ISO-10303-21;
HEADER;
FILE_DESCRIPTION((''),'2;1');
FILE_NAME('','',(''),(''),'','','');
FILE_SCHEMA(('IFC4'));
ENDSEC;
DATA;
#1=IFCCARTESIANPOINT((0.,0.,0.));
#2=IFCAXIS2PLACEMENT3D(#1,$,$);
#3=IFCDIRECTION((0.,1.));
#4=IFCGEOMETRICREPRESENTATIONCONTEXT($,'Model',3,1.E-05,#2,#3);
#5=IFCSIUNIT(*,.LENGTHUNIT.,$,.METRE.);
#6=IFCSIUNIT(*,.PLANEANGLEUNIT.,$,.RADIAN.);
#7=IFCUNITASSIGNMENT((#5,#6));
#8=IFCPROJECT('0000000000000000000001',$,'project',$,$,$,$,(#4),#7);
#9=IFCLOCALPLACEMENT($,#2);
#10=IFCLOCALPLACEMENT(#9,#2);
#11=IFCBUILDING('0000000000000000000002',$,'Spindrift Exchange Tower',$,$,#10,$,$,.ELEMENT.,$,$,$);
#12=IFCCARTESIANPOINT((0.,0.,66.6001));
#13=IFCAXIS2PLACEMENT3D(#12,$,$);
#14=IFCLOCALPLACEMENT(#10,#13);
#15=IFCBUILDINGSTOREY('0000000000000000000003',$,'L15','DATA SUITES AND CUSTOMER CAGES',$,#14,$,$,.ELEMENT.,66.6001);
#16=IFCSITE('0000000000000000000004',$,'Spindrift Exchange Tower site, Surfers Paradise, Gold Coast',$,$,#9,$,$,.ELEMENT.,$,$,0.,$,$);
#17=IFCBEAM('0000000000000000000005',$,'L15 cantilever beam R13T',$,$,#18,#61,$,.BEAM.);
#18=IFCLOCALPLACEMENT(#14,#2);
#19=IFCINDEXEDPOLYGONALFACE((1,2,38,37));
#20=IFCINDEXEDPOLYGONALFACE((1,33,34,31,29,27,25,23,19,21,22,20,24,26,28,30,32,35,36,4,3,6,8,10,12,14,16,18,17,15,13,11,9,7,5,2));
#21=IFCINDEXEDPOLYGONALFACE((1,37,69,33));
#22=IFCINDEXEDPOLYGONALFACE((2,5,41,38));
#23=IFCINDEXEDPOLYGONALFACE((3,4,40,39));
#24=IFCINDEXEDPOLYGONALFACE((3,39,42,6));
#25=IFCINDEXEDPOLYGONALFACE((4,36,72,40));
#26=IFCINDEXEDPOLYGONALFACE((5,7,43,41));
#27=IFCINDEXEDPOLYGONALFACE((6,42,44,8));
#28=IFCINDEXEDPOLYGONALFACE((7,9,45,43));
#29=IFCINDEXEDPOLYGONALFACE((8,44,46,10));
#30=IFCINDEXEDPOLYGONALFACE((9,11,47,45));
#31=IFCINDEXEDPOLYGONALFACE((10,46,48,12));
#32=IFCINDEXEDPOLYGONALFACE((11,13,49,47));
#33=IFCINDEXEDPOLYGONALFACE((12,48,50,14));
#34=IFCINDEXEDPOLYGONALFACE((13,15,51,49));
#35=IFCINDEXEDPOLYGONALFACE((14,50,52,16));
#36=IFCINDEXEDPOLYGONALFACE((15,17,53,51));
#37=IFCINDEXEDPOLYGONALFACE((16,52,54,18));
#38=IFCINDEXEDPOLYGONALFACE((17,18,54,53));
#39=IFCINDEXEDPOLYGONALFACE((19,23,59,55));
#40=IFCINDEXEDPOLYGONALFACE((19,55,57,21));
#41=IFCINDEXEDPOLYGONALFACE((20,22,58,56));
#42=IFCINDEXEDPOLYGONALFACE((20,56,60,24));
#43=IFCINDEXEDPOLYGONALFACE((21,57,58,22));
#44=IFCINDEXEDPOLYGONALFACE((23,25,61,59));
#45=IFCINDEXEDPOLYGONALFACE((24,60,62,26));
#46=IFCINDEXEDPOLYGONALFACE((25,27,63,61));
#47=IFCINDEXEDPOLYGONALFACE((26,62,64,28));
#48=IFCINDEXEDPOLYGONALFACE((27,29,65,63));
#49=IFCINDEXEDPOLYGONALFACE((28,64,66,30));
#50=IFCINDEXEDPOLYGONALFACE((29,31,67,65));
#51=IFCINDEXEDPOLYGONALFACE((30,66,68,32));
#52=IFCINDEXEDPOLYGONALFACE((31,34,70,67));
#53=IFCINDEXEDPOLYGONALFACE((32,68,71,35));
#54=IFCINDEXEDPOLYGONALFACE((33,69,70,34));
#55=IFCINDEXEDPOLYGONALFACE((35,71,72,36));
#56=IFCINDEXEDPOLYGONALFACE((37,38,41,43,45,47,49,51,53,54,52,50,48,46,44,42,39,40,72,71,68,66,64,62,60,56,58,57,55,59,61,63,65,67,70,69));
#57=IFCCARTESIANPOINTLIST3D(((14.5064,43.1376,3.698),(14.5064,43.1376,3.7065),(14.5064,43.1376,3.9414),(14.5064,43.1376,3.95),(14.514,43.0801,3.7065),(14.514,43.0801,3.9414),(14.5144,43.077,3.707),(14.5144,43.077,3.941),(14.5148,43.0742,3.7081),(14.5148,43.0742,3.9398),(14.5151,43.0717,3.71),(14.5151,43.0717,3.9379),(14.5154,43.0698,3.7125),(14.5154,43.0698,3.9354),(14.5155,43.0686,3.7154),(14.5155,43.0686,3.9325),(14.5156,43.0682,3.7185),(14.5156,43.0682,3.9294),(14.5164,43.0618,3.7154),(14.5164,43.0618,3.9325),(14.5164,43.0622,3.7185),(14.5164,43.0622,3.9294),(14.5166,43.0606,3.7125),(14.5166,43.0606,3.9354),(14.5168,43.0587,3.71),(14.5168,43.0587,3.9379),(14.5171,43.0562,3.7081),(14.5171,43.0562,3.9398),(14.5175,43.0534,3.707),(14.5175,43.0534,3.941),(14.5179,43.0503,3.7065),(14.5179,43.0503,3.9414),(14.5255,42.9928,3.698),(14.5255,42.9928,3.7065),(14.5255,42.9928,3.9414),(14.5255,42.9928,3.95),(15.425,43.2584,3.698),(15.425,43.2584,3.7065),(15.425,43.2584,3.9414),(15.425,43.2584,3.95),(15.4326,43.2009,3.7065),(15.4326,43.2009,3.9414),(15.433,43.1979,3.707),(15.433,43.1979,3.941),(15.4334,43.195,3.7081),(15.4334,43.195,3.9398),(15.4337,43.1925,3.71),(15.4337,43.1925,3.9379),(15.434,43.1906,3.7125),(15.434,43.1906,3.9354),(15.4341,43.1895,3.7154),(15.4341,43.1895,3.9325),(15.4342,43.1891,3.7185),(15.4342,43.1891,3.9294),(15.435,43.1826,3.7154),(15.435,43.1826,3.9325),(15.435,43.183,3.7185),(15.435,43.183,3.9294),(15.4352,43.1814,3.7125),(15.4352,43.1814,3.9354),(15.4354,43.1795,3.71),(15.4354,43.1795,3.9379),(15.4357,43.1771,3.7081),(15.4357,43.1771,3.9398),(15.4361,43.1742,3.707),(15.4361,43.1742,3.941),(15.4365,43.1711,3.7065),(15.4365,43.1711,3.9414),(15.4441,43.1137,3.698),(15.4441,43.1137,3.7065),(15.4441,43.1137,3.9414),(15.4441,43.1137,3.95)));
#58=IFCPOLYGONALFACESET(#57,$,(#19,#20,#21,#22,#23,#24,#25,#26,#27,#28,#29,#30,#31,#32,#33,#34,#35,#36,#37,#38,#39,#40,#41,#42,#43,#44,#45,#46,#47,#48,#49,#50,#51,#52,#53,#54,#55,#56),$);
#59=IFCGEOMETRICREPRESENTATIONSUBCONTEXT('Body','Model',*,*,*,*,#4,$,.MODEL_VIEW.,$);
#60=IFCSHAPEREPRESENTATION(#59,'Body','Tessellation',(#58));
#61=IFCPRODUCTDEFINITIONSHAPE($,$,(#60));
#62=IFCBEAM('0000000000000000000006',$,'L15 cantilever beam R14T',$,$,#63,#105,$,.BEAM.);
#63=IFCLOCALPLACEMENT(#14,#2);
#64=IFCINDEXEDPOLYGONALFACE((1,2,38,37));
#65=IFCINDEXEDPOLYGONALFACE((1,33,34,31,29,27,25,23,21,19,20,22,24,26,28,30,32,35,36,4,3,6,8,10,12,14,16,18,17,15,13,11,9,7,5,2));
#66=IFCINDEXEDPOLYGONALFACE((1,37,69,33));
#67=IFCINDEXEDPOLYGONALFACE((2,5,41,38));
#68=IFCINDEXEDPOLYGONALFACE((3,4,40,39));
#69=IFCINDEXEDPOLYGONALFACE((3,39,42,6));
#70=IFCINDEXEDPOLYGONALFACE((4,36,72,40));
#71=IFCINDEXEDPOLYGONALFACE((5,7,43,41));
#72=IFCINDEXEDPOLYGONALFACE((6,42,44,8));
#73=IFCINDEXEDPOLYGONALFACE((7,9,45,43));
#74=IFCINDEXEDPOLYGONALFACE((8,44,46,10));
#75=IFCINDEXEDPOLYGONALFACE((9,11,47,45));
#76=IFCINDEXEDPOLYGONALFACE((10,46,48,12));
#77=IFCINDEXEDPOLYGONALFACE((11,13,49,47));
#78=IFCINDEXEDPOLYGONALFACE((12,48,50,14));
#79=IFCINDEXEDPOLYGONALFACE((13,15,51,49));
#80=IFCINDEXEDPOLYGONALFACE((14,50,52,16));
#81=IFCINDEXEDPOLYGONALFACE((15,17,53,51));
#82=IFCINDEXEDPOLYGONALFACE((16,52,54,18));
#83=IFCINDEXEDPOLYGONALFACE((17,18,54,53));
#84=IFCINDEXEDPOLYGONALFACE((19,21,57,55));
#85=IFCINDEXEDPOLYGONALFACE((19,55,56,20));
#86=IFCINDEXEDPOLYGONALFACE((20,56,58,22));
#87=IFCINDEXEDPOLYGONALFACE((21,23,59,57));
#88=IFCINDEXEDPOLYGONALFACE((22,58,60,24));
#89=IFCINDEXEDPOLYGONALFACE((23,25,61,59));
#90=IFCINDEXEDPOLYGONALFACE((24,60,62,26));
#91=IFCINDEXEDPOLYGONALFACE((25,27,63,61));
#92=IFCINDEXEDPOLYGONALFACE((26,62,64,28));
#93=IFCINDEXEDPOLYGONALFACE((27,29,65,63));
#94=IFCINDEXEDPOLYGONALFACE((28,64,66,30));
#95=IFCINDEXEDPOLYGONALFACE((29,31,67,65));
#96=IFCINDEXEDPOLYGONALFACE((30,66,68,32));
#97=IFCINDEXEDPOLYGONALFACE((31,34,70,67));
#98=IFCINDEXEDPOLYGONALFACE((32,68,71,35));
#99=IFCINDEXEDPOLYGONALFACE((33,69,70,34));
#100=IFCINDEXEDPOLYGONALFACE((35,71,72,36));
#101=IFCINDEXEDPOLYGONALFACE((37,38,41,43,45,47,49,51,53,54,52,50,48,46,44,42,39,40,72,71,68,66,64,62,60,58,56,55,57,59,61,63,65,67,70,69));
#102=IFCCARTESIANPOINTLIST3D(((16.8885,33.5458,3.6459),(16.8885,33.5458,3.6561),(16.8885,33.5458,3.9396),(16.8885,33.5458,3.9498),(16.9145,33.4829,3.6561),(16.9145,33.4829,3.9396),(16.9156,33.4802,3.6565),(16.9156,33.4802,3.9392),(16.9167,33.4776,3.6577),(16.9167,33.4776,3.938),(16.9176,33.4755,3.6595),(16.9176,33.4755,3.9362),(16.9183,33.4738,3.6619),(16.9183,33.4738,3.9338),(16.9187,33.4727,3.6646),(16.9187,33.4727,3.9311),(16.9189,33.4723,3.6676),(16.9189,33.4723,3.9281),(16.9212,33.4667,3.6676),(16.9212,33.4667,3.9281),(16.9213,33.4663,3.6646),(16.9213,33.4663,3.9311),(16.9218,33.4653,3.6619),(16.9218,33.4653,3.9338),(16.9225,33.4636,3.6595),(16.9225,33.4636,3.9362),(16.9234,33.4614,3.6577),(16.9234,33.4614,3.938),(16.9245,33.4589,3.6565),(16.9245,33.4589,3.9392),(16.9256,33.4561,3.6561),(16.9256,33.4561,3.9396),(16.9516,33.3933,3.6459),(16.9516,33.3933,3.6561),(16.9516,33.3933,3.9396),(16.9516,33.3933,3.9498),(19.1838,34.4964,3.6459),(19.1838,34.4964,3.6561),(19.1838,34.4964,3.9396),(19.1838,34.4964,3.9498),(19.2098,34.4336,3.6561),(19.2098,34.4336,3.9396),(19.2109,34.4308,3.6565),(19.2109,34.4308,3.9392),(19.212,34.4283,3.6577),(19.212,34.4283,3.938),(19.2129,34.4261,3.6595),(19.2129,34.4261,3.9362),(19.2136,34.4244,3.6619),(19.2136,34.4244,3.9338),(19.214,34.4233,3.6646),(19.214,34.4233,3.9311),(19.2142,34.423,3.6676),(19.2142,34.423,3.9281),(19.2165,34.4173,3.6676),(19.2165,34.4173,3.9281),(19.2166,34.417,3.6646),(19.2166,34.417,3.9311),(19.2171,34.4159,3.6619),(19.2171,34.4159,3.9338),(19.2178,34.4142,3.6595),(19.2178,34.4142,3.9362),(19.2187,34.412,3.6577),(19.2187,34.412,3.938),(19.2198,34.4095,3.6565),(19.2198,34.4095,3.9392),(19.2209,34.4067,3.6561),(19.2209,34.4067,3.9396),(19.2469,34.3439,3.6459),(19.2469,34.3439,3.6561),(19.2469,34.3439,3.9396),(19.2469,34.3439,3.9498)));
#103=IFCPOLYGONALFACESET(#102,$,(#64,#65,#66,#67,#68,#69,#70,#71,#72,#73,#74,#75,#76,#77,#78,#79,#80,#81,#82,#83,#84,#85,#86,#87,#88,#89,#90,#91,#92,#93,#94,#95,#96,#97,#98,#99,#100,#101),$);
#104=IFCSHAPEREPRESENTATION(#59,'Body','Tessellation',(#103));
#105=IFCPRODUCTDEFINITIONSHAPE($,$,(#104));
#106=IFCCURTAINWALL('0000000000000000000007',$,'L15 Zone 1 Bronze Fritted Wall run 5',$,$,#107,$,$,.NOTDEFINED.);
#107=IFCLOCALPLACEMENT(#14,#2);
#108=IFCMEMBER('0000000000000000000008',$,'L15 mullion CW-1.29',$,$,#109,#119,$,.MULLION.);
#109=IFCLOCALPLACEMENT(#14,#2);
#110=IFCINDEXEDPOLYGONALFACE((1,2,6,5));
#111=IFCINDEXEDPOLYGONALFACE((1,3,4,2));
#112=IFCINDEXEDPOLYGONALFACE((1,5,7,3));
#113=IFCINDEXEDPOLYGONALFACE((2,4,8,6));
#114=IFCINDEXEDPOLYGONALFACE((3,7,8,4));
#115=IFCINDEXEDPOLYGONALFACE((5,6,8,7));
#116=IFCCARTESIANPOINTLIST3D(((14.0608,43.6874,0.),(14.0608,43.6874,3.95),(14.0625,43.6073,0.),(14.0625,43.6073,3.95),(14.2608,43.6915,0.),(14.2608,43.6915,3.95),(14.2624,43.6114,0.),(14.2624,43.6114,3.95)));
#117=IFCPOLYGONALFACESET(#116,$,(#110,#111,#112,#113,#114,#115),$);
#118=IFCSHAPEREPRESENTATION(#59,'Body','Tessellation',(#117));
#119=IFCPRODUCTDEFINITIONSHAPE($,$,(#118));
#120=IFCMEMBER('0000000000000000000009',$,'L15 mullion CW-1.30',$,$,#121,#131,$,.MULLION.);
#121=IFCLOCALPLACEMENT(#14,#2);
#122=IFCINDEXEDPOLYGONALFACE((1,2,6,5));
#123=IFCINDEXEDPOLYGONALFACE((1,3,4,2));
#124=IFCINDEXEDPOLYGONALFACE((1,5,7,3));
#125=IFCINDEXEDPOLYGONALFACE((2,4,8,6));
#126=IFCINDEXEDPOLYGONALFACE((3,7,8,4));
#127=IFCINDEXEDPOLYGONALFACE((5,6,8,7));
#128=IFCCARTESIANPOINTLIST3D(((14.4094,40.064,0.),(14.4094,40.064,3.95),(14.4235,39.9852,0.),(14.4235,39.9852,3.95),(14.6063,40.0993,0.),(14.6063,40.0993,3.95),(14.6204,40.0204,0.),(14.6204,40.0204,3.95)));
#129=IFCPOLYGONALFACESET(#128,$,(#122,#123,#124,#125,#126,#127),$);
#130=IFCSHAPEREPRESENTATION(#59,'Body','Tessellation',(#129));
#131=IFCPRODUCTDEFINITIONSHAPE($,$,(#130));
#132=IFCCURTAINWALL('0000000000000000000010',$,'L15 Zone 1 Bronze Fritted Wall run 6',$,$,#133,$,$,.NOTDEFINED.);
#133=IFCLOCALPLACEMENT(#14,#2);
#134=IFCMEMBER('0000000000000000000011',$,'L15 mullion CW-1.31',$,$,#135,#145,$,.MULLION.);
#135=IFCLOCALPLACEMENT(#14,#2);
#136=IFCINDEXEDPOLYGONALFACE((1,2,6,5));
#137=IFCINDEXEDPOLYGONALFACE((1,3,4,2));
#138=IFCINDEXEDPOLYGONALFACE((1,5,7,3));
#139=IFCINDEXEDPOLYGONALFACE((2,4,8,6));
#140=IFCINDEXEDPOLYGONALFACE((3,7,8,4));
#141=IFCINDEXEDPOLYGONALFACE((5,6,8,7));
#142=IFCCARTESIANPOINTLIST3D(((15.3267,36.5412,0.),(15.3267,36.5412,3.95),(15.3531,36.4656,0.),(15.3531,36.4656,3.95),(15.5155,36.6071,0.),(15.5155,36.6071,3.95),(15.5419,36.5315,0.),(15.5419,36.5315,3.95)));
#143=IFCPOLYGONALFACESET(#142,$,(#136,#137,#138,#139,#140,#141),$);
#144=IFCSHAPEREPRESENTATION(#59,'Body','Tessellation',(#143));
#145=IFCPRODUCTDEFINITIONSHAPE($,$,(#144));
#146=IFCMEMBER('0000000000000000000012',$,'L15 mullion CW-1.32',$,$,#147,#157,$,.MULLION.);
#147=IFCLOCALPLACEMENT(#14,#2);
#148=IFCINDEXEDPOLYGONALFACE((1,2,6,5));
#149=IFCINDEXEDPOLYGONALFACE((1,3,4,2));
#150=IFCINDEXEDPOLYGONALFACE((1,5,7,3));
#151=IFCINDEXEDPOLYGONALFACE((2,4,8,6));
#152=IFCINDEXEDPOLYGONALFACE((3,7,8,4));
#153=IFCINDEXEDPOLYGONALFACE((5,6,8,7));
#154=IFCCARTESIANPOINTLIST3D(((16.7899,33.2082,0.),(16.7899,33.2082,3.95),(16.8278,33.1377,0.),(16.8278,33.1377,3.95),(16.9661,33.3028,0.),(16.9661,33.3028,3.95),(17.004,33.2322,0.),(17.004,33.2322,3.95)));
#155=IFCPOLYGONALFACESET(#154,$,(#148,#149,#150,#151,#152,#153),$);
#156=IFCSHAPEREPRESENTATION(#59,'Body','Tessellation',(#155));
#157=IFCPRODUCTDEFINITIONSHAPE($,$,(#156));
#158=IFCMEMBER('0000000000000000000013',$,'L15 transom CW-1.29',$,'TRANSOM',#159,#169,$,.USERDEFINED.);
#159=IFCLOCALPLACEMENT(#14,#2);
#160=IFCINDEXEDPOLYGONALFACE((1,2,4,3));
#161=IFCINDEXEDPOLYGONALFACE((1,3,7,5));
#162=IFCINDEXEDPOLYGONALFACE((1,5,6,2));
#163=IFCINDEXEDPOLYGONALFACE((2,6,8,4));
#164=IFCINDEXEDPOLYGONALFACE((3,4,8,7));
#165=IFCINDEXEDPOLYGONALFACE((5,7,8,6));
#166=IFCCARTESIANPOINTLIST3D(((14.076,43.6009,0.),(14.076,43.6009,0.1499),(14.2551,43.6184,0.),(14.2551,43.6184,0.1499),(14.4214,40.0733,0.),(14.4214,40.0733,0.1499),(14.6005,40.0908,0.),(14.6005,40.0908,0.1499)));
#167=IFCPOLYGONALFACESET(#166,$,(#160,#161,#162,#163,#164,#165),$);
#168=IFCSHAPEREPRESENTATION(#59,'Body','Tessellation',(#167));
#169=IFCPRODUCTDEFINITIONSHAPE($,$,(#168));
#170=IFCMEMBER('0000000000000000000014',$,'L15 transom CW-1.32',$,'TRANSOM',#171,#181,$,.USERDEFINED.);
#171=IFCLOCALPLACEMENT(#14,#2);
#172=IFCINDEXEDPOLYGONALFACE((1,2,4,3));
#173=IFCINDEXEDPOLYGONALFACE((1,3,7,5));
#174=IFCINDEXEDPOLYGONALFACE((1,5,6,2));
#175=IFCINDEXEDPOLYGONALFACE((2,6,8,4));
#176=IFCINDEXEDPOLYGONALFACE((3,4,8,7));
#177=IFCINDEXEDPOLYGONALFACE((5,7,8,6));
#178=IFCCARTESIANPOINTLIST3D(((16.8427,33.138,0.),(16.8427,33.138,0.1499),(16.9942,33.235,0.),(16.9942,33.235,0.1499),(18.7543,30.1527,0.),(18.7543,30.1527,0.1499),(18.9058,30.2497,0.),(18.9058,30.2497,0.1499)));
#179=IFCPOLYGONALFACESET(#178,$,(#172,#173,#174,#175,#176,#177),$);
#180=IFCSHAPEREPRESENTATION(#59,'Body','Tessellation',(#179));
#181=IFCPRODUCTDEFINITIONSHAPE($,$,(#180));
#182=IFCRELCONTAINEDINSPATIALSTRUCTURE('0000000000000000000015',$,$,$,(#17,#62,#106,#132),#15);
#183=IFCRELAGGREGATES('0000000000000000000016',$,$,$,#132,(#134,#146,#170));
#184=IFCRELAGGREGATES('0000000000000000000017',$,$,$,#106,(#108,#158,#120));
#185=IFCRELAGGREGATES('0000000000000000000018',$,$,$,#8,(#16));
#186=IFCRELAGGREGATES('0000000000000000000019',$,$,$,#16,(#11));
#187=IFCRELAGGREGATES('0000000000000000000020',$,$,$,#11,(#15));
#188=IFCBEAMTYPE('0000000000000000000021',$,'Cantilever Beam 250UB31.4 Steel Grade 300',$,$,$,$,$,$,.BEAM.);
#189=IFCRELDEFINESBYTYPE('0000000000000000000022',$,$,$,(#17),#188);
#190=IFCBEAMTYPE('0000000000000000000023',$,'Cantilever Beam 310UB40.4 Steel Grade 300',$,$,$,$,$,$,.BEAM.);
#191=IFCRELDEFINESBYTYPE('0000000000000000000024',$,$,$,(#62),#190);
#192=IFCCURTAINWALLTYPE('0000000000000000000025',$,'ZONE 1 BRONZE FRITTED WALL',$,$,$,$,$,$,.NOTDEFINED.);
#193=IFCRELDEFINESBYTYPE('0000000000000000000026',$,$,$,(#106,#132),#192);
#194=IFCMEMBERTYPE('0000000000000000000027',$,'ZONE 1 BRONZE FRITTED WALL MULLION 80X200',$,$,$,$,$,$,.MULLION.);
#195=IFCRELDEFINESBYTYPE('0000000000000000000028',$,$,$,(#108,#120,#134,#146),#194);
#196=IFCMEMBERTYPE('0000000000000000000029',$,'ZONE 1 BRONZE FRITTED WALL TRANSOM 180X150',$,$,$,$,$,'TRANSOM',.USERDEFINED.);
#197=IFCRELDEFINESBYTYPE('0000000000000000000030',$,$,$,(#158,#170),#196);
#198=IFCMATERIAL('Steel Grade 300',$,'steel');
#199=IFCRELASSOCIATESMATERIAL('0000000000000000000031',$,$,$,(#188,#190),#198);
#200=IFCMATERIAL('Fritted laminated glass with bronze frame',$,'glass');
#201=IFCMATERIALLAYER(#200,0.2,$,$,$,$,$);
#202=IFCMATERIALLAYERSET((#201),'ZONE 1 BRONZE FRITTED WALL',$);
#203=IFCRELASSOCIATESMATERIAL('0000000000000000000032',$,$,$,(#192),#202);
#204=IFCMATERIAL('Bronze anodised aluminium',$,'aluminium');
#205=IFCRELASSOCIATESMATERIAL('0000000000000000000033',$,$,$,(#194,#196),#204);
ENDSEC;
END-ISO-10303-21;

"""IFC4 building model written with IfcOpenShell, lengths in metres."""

from ifc_helpers import new_model, si_unit, direction, frame, origin, origin_2d, place, context, subcontext, project, spatial, rectangle, i_section, extrude, source, transform, mapped, material, layer, layer_set, material_profile, profile_set, type_object, element, aggregate, save


model = new_model("IFC4")

# Units and contexts
model_context = context("Model", 3, precision=1e-05, world=origin(), true_north=direction((0.0, 1.0)))
body_context = subcontext(model_context, "Body", "Model", "MODEL_VIEW")
ifc_project = project(units=[si_unit("LENGTHUNIT", "METRE"), si_unit("PLANEANGLEUNIT", "RADIAN")], contexts=[model_context])

# Site, building, storey
site_placement = place(None, origin())
site = spatial("IfcSite", under=ifc_project, at=site_placement, Name="Spindrift Exchange Tower site, Surfers Paradise, Gold Coast", CompositionType="ELEMENT", RefElevation=0.0)
building_placement = place(site_placement, origin())
building = spatial("IfcBuilding", under=site, at=building_placement, Name="Spindrift Exchange Tower", CompositionType="ELEMENT")
storey_placement = place(building_placement, frame((0.0, 0.0, 66.6001)))
storey = spatial("IfcBuildingStorey", under=building, at=storey_placement, Name="L15", Description="DATA SUITES AND CUSTOMER CAGES", CompositionType="ELEMENT", Elevation=66.6001)

# Beams
ifc_material_1 = material(Name="Steel Grade 300", Category="steel")
ifc_material_profile_1 = material_profile(ifc_material_1, i_section(OverallWidth=0.146, OverallDepth=0.252, WebThickness=0.0061, FlangeThickness=0.0085, FilletRadius=0.012, at=origin_2d()), Name="250UB31.4")
ifc_profile_set_1 = profile_set([ifc_material_profile_1], Name="Steel Grade 300")
beam_type_1 = type_object("IfcBeamType", Name="Cantilever Beam 250UB31.4 Steel Grade 300", PredefinedType="BEAM", material=ifc_profile_set_1)
shared_shape_1 = source(origin(), body_context, "Body", "SweptSolid", [
    extrude(i_section(OverallWidth=0.146, OverallDepth=0.252, WebThickness=0.0061, FlangeThickness=0.0085, FilletRadius=0.012, at=origin_2d()), origin(), (0.0, 0.0, 1.0), 0.9265),
])
beam_1_placement = place(storey_placement, frame((15.4346, 43.186, 3.824), z_axis=(-0.991459, -0.13042, 0.0), x_axis=(0.13042, -0.991459, 0.0)))
element("IfcBeam", 1, at=beam_1_placement, inside=storey, type_object=beam_type_1, Name="L15 cantilever beam R13T", PredefinedType="BEAM", context=body_context, shape_type="MappedRepresentation", body=[
    mapped(shared_shape_1, transform((0.0, 0.0, 0.0), scale=1.0)),
])
ifc_material_profile_2 = material_profile(ifc_material_1, i_section(OverallWidth=0.165, OverallDepth=0.304, WebThickness=0.0061, FlangeThickness=0.0103, FilletRadius=0.0115, at=origin_2d()), Name="310UB40.4")
ifc_profile_set_2 = profile_set([ifc_material_profile_2], Name="Steel Grade 300")
beam_type_2 = type_object("IfcBeamType", Name="Cantilever Beam 310UB40.4 Steel Grade 300", PredefinedType="BEAM", material=ifc_profile_set_2)
shared_shape_2 = source(origin(), body_context, "Body", "SweptSolid", [
    extrude(i_section(OverallWidth=0.165, OverallDepth=0.304, WebThickness=0.0061, FlangeThickness=0.0103, FilletRadius=0.0115, at=origin_2d()), origin(), (0.0, 0.0, 1.0), 2.4844),
])
beam_2_placement = place(storey_placement, frame((19.2153, 34.4202, 3.7979), z_axis=(-0.923895, -0.382647, 0.0), x_axis=(0.382647, -0.923895, 0.0)))
element("IfcBeam", 2, at=beam_2_placement, inside=storey, type_object=beam_type_2, Name="L15 cantilever beam R14T", PredefinedType="BEAM", context=body_context, shape_type="MappedRepresentation", body=[
    mapped(shared_shape_2, transform((0.0, 0.0, 0.0), scale=1.0)),
])

# Curtain walls, members
ifc_material_2 = material(Name="Fritted laminated glass with bronze frame", Category="glass")
ifc_layer_1 = layer(ifc_material_2, 0.2)
ifc_layer_set_1 = layer_set([ifc_layer_1], Name="ZONE 1 BRONZE FRITTED WALL")
curtain_wall_type = type_object("IfcCurtainWallType", Name="ZONE 1 BRONZE FRITTED WALL", PredefinedType="NOTDEFINED", material=ifc_layer_set_1)
curtain_wall_1_placement = place(storey_placement, origin())
curtain_wall_1 = element("IfcCurtainWall", 3, at=curtain_wall_1_placement, inside=storey, type_object=curtain_wall_type, Name="L15 Zone 1 Bronze Fritted Wall run 5", PredefinedType="NOTDEFINED")
ifc_material_3 = material(Name="Bronze anodised aluminium", Category="aluminium")
ifc_material_profile_3 = material_profile(ifc_material_3, rectangle(XDim=0.0801, YDim=0.2, at=origin_2d()), Name="ZONE 1 BRONZE FRITTED WALL MULLION 80X200")
ifc_profile_set_3 = profile_set([ifc_material_profile_3], Name="Bronze anodised aluminium")
member_type_1 = type_object("IfcMemberType", Name="ZONE 1 BRONZE FRITTED WALL MULLION 80X200", PredefinedType="MULLION", material=ifc_profile_set_3)
shared_shape_3 = source(origin(), body_context, "Body", "SweptSolid", [
    extrude(rectangle(XDim=0.0801, YDim=0.2, at=origin_2d()), origin(), (0.0, 0.0, 1.0), 3.95),
])
member_1_placement = place(storey_placement, frame((14.1616, 43.6494, 0.0), z_axis=(0.0, 0.0, 1.0), x_axis=(0.020522, -0.999789, 0.0)))
member_1 = element("IfcMember", 4, at=member_1_placement, type_object=member_type_1, Name="L15 mullion CW-1.29", PredefinedType="MULLION", context=body_context, shape_type="MappedRepresentation", body=[
    mapped(shared_shape_3, transform((0.0, 0.0, 0.0), scale=1.0)),
])
member_2_placement = place(storey_placement, frame((14.5149, 40.0422, 0.0), z_axis=(0.0, 0.0, 1.0), x_axis=(0.176143, -0.984365, 0.0)))
member_2 = element("IfcMember", 5, at=member_2_placement, type_object=member_type_1, Name="L15 mullion CW-1.30", PredefinedType="MULLION", context=body_context, shape_type="MappedRepresentation", body=[
    mapped(shared_shape_3, transform((0.0, 0.0, 0.0), scale=1.0)),
])
curtain_wall_2_placement = place(storey_placement, origin())
curtain_wall_2 = element("IfcCurtainWall", 6, at=curtain_wall_2_placement, inside=storey, type_object=curtain_wall_type, Name="L15 Zone 1 Bronze Fritted Wall run 6", PredefinedType="NOTDEFINED")
member_3_placement = place(storey_placement, frame((15.4343, 36.5364, 0.0), z_axis=(0.0, 0.0, 1.0), x_axis=(0.329654, -0.944102, 0.0)))
member_3 = element("IfcMember", 7, at=member_3_placement, type_object=member_type_1, Name="L15 mullion CW-1.31", PredefinedType="MULLION", context=body_context, shape_type="MappedRepresentation", body=[
    mapped(shared_shape_3, transform((0.0, 0.0, 0.0), scale=1.0)),
])
member_4_placement = place(storey_placement, frame((16.897, 33.2202, 0.0), z_axis=(0.0, 0.0, 1.0), x_axis=(0.472798, -0.881171, 0.0)))
member_4 = element("IfcMember", 8, at=member_4_placement, type_object=member_type_1, Name="L15 mullion CW-1.32", PredefinedType="MULLION", context=body_context, shape_type="MappedRepresentation", body=[
    mapped(shared_shape_3, transform((0.0, 0.0, 0.0), scale=1.0)),
])

# Members
ifc_material_profile_4 = material_profile(ifc_material_3, rectangle(XDim=0.1799, YDim=0.1499, at=origin_2d()), Name="ZONE 1 BRONZE FRITTED WALL TRANSOM 180X150")
ifc_profile_set_4 = profile_set([ifc_material_profile_4], Name="Bronze anodised aluminium")
member_type_2 = type_object("IfcMemberType", Name="ZONE 1 BRONZE FRITTED WALL TRANSOM 180X150", ElementType="TRANSOM", PredefinedType="USERDEFINED", material=ifc_profile_set_4)
shared_shape_4 = source(origin(), body_context, "Body", "SweptSolid", [
    extrude(rectangle(XDim=0.1799, YDim=0.1499, at=origin_2d()), origin(), (0.0, 0.0, 1.0), 3.5444),
])
member_5_placement = place(storey_placement, frame((14.1655, 43.6096, 0.075), z_axis=(0.097464, -0.995239, 0.0), x_axis=(0.995239, 0.097464, 0.0)))
member_5 = element("IfcMember", 9, at=member_5_placement, type_object=member_type_2, Name="L15 transom CW-1.29", ObjectType="TRANSOM", PredefinedType="USERDEFINED", context=body_context, shape_type="MappedRepresentation", body=[
    mapped(shared_shape_4, transform((0.0, 0.0, 0.0), scale=1.0)),
])
shared_shape_5 = source(origin(), body_context, "Body", "SweptSolid", [
    extrude(rectangle(XDim=0.1799, YDim=0.1499, at=origin_2d()), origin(), (0.0, 0.0, 1.0), 3.5449),
])
member_6_placement = place(storey_placement, frame((16.9185, 33.1865, 0.075), z_axis=(0.539253, -0.842144, 0.0), x_axis=(0.842144, 0.539253, 0.0)))
member_6 = element("IfcMember", 10, at=member_6_placement, type_object=member_type_2, Name="L15 transom CW-1.32", ObjectType="TRANSOM", PredefinedType="USERDEFINED", context=body_context, shape_type="MappedRepresentation", body=[
    mapped(shared_shape_5, transform((0.0, 0.0, 0.0), scale=1.0)),
])

aggregate(curtain_wall_2, [member_3, member_4, member_6])
aggregate(curtain_wall_1, [member_1, member_5, member_2])

save(model, "model.ifc")
